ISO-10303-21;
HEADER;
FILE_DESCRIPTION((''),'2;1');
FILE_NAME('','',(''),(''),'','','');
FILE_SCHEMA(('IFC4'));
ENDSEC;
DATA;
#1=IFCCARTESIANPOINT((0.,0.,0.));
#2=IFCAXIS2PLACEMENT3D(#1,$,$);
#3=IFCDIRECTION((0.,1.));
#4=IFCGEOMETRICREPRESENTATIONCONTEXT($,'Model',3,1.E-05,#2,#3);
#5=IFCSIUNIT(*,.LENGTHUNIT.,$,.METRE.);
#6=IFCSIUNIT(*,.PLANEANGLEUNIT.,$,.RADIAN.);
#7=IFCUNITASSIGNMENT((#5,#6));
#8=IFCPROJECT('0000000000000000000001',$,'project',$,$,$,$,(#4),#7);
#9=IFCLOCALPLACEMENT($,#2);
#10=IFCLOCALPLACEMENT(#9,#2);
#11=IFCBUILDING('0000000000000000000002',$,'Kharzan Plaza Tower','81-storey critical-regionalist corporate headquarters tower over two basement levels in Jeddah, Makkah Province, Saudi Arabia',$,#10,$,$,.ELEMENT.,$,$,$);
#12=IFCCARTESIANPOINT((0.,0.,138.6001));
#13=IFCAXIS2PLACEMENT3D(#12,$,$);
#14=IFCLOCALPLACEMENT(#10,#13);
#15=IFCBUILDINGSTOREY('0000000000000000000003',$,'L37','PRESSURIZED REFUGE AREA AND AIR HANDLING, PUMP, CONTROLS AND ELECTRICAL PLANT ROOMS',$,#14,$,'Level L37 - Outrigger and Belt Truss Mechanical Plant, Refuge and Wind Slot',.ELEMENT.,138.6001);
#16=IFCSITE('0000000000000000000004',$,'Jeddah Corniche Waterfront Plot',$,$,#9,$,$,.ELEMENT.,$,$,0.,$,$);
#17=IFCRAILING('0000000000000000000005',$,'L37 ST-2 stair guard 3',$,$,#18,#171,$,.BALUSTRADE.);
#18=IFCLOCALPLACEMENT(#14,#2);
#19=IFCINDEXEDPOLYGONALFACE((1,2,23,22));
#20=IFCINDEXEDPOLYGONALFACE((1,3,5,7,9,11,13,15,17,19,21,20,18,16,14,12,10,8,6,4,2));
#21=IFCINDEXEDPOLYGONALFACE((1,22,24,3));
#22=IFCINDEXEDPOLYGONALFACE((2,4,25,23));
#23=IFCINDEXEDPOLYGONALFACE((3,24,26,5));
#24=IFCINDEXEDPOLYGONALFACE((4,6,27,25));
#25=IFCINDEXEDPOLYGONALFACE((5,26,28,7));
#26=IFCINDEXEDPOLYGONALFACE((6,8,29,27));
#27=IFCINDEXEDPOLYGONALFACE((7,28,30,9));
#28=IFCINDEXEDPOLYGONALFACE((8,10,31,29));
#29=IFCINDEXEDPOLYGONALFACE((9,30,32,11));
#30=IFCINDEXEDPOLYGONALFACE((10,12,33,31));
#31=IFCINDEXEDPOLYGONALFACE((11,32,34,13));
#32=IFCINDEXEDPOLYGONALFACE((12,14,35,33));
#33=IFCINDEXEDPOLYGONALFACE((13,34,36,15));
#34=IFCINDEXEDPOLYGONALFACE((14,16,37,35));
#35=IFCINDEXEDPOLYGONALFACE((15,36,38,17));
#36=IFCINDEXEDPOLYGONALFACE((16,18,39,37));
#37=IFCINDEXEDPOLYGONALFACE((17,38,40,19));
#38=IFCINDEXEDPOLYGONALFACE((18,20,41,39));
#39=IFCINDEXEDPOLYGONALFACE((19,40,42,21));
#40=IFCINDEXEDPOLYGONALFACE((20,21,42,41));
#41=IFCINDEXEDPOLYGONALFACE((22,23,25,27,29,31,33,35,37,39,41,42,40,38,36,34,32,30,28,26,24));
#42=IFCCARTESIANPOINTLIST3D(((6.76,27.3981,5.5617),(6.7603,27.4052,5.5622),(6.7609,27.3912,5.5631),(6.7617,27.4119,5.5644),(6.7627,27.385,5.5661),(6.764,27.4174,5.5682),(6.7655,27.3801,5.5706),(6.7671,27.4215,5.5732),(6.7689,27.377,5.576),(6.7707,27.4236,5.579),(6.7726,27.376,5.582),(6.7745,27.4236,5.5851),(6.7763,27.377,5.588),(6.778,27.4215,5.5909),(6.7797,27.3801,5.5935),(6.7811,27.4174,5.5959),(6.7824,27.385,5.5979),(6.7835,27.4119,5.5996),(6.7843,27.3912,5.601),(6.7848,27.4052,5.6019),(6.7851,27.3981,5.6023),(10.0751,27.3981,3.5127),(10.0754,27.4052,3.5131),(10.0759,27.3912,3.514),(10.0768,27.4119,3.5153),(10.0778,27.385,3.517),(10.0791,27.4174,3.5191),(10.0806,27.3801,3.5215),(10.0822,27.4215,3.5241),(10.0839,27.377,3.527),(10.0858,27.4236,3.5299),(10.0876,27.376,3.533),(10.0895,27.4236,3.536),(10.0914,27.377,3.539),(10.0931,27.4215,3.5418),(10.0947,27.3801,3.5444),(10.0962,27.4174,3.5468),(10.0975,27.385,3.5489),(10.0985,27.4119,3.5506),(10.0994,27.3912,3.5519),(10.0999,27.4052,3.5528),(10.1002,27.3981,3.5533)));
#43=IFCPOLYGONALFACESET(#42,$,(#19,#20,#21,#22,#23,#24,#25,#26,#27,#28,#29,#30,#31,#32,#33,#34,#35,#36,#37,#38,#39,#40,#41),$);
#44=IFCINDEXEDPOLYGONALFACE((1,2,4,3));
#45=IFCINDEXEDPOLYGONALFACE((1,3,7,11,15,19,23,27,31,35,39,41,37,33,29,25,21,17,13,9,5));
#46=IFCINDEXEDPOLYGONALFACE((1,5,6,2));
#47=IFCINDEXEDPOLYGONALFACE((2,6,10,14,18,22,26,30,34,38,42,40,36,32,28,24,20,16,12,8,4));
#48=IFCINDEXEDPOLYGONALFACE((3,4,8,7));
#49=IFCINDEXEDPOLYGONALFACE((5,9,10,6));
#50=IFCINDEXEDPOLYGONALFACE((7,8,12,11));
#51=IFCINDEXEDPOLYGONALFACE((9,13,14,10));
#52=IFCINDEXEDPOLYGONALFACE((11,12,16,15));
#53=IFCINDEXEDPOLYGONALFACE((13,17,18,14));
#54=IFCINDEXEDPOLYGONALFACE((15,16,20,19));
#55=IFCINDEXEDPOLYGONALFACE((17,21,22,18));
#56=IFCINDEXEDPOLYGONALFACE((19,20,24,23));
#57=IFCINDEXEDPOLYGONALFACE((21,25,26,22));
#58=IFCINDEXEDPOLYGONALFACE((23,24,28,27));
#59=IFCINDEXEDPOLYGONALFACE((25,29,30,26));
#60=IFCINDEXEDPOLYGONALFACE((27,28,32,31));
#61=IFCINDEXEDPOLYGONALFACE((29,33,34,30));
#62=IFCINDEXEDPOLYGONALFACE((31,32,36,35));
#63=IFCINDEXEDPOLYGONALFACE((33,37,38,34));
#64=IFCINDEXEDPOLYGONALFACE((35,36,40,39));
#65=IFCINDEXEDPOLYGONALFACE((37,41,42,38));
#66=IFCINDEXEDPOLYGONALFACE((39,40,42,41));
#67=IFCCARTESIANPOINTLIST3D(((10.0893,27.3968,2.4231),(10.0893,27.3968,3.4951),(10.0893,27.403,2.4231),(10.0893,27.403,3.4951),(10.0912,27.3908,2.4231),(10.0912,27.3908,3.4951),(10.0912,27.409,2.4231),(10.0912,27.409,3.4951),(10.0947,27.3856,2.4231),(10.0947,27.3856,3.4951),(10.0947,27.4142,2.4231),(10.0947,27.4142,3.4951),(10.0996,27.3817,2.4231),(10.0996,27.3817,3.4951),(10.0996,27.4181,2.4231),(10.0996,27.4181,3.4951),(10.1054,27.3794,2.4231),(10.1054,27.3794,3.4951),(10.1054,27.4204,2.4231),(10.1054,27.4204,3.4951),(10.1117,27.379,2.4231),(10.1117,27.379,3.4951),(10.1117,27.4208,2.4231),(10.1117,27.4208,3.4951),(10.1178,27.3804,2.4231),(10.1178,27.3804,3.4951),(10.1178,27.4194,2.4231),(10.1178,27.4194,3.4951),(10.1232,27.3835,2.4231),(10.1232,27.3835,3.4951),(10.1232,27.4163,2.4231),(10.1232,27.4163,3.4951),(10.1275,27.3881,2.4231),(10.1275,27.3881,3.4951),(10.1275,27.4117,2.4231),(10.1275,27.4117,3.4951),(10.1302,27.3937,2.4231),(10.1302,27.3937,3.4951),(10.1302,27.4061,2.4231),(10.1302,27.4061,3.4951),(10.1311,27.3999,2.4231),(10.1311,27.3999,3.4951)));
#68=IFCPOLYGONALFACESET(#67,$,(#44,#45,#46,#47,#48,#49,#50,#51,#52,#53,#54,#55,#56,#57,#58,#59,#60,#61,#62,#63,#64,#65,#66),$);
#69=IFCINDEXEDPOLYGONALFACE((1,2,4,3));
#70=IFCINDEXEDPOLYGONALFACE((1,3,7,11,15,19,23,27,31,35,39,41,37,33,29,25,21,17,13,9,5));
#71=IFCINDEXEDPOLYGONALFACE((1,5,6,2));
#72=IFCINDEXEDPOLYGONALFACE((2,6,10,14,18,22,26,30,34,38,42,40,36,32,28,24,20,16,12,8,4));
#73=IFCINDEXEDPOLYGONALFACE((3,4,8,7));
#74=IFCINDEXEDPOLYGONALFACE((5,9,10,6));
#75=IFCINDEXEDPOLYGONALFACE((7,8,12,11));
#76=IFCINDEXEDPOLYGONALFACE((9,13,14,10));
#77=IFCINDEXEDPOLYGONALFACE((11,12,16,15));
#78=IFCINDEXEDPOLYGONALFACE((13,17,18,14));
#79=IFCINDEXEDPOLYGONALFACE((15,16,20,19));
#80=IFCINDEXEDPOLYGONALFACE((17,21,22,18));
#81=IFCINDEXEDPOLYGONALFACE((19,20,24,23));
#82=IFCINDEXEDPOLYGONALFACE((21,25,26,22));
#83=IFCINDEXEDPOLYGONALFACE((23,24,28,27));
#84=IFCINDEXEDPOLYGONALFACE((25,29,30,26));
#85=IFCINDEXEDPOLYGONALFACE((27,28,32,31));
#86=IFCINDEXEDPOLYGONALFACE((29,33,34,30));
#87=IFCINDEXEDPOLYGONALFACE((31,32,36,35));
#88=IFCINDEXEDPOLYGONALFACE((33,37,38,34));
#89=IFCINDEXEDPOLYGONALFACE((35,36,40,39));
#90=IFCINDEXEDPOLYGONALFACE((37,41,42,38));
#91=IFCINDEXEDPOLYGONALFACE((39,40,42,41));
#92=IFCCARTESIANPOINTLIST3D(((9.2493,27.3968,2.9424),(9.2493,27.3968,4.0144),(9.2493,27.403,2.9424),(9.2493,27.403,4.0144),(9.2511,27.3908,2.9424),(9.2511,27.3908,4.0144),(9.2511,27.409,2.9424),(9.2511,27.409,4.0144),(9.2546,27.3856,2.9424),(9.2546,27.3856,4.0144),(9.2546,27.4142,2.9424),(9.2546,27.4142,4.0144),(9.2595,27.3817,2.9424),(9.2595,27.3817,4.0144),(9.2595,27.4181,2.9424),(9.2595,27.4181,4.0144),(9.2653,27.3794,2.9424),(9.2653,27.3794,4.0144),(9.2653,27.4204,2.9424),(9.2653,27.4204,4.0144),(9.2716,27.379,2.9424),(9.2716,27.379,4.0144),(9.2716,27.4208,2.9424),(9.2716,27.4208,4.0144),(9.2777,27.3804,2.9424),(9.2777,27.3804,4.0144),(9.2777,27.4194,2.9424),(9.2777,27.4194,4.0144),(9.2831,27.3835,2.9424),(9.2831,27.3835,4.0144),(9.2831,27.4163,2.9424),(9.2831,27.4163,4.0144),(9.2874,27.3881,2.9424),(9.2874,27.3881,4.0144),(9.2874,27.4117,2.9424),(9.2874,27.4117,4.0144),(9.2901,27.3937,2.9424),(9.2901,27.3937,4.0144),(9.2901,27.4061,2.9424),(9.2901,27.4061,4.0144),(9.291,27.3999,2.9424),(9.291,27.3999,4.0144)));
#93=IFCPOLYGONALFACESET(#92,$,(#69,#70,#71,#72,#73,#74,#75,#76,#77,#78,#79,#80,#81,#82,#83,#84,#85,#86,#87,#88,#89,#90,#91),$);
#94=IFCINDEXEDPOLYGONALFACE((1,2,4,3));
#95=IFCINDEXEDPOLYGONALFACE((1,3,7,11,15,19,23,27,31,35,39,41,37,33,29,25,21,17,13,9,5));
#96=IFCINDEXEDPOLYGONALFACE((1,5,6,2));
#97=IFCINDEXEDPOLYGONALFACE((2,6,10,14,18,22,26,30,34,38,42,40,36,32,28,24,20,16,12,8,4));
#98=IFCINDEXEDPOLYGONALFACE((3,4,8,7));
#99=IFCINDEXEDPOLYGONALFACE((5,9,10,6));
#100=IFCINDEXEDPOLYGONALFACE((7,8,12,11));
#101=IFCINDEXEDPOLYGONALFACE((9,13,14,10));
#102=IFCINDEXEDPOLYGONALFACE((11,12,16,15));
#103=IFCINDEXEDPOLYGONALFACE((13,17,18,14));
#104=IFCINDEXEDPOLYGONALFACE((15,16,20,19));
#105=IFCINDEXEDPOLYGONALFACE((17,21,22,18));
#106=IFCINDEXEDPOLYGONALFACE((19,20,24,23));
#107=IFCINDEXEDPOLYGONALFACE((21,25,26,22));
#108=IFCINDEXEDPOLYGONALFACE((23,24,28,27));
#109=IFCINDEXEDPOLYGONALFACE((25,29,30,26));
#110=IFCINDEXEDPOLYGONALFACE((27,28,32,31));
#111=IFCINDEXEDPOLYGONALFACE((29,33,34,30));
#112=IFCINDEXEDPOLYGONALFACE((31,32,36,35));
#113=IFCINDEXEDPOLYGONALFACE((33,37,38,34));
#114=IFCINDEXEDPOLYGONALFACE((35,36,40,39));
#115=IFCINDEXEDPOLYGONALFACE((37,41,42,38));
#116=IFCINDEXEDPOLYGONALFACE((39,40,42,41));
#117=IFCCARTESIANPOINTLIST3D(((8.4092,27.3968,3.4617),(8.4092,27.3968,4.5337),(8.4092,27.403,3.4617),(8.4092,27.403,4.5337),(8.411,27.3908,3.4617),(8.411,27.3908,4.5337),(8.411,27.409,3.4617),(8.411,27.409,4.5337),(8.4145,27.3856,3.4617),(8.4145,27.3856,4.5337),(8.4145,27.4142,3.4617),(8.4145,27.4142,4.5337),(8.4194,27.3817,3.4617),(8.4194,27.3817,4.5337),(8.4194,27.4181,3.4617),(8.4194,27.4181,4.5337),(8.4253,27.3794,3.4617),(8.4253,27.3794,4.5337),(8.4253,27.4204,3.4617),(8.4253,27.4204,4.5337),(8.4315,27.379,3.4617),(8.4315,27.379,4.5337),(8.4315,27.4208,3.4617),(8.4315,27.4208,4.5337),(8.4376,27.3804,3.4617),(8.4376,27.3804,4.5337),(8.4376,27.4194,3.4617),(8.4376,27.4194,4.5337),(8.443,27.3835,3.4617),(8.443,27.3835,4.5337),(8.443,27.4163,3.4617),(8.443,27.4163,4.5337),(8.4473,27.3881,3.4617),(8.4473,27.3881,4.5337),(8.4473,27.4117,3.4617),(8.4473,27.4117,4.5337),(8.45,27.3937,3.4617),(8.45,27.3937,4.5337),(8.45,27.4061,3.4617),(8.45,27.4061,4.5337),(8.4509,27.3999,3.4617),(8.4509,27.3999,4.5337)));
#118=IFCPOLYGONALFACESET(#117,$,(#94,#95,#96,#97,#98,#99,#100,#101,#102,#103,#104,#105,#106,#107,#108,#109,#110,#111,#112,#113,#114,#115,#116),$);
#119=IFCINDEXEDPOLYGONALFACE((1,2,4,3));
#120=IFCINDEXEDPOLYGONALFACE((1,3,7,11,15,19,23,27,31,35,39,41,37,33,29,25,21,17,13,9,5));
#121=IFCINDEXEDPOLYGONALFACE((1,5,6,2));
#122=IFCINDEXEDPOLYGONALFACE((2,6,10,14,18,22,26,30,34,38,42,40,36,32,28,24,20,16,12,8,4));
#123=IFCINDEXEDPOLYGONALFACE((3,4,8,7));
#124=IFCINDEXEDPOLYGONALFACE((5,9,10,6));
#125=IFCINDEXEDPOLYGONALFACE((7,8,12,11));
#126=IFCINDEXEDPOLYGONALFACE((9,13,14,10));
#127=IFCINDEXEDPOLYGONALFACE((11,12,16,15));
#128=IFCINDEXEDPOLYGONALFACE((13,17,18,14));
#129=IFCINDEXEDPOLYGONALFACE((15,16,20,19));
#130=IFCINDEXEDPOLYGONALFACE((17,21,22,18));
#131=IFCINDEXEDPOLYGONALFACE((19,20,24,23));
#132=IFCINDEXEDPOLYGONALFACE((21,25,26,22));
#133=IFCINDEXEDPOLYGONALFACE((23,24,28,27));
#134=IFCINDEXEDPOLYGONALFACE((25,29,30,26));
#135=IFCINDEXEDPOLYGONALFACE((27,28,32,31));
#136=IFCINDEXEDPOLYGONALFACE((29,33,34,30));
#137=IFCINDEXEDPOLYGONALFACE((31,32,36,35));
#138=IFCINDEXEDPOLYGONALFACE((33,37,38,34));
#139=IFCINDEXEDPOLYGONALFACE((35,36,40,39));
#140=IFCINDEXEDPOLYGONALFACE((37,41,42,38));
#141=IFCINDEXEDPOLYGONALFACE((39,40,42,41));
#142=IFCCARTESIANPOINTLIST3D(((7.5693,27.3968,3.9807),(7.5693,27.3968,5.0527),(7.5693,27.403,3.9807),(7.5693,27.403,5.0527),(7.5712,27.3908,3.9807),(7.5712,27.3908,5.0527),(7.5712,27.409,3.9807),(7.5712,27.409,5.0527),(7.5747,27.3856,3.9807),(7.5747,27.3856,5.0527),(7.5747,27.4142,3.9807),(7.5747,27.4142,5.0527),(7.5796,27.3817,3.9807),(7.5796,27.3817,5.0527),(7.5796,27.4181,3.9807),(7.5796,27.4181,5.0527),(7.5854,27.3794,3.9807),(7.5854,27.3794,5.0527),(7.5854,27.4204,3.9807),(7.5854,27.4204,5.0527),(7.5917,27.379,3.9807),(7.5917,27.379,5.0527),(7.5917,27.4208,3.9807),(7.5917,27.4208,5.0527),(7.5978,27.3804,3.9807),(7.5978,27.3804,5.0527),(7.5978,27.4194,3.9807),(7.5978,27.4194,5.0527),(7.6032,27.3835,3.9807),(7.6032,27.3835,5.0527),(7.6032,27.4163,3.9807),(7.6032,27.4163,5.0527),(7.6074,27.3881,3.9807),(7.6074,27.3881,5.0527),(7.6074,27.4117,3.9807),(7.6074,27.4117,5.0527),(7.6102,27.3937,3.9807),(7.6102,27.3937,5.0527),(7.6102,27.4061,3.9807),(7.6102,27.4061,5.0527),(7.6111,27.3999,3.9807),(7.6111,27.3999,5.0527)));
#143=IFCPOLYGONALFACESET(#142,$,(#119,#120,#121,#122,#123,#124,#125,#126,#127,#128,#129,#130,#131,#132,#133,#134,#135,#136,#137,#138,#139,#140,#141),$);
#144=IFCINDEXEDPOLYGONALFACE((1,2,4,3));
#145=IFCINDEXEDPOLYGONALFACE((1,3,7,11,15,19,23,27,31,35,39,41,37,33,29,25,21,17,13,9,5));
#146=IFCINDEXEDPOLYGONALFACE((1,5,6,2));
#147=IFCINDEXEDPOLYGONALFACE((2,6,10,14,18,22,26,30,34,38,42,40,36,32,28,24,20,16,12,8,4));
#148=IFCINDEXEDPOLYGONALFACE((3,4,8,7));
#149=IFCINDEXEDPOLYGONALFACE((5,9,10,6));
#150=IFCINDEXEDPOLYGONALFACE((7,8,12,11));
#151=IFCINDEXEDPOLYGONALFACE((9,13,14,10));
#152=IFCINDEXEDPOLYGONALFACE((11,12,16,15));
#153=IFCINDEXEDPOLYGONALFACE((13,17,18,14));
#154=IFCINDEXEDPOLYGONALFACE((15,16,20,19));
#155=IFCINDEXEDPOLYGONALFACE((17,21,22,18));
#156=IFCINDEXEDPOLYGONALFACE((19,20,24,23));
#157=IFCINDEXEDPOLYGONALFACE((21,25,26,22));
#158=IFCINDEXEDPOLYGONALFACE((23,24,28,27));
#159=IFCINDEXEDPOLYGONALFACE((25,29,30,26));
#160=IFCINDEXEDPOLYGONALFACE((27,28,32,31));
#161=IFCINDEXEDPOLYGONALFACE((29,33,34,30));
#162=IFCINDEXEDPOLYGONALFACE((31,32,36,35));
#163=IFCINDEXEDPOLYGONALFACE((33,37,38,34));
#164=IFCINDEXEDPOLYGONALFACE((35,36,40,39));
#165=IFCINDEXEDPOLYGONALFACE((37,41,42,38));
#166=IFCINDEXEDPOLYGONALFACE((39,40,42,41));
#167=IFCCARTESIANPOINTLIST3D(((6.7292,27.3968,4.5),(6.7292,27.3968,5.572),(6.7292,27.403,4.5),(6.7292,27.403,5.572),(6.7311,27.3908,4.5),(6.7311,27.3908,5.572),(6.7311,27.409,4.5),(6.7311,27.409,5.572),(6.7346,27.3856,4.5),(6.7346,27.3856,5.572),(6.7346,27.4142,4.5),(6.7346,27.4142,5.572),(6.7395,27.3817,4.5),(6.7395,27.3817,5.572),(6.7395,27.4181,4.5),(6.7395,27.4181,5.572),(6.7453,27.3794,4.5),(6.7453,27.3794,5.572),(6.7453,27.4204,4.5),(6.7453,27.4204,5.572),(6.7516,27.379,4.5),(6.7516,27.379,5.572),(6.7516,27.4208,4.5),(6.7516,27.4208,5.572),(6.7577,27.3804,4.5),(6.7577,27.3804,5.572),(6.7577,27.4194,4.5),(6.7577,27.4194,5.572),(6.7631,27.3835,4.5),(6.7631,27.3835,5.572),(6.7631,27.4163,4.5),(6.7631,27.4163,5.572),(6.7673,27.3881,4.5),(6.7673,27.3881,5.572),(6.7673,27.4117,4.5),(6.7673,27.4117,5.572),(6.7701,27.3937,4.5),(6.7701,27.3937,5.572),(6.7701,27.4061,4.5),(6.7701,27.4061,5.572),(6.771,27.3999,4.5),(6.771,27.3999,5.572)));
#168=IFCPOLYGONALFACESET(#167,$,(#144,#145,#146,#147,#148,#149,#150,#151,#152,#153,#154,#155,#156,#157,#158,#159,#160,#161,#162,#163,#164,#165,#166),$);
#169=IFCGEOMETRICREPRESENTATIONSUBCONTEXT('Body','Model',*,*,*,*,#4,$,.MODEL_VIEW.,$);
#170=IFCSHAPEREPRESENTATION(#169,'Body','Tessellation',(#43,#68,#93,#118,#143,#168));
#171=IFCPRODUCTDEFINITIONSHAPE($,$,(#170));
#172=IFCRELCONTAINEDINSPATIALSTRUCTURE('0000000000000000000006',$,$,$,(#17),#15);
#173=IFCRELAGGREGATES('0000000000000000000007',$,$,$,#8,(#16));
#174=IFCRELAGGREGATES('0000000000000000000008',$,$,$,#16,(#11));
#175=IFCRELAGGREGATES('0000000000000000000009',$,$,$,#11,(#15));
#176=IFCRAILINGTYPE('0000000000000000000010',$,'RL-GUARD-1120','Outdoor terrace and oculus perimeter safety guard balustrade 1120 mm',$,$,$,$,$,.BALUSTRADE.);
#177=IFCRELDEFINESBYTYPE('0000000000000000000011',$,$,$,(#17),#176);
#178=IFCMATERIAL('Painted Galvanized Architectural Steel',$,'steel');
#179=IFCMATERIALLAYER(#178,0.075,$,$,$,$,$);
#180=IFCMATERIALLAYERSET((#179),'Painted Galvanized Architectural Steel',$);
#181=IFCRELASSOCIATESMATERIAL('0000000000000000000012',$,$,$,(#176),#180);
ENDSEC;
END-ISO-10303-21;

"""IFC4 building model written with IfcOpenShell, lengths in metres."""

from ifc_helpers import new_model, si_unit, direction, frame, origin, origin_2d, place, context, subcontext, project, spatial, circle, extrude, source, transform, mapped, material, layer, layer_set, type_object, element, save


model = new_model("IFC4")

# Units and contexts
model_context = context("Model", 3, precision=1e-05, world=origin(), true_north=direction((0.0, 1.0)))
body_context = subcontext(model_context, "Body", "Model", "MODEL_VIEW")
ifc_project = project(units=[si_unit("LENGTHUNIT", "METRE"), si_unit("PLANEANGLEUNIT", "RADIAN")], contexts=[model_context])

# Site, building, storey
site_placement = place(None, origin())
site = spatial("IfcSite", under=ifc_project, at=site_placement, Name="Jeddah Corniche Waterfront Plot", CompositionType="ELEMENT", RefElevation=0.0)
building_placement = place(site_placement, origin())
building = spatial("IfcBuilding", under=site, at=building_placement, Name="Kharzan Plaza Tower", Description="81-storey critical-regionalist corporate headquarters tower over two basement levels in Jeddah, Makkah Province, Saudi Arabia", CompositionType="ELEMENT")
storey_placement = place(building_placement, frame((0.0, 0.0, 138.6001)))
storey = spatial("IfcBuildingStorey", under=building, at=storey_placement, Name="L37", Description="PRESSURIZED REFUGE AREA AND AIR HANDLING, PUMP, CONTROLS AND ELECTRICAL PLANT ROOMS", LongName="Level L37 - Outrigger and Belt Truss Mechanical Plant, Refuge and Wind Slot", CompositionType="ELEMENT", Elevation=138.6001)

# Railing
ifc_material_1 = material(Name="Painted Galvanized Architectural Steel", Category="steel")
ifc_layer_1 = layer(ifc_material_1, 0.075)
ifc_layer_set_1 = layer_set([ifc_layer_1], Name="Painted Galvanized Architectural Steel")
railing_type_1 = type_object("IfcRailingType", Name="RL-GUARD-1120", Description="Outdoor terrace and oculus perimeter safety guard balustrade 1120 mm", PredefinedType="BALUSTRADE", material=ifc_layer_set_1)
shared_shape_1 = source(origin(), body_context, "Body", "SweptSolid", [
    extrude(circle(Radius=0.0239, at=origin_2d()), frame((-0.0225, 0.0, 1.1099), z_axis=(-0.850623, 0.0, 0.525776), x_axis=(0.0, -1.0, 0.0)), (0.0, 0.0, 1.0), 3.8972),
    extrude(circle(Radius=0.021, at=origin_2d()), origin(), (0.0, 0.0, 1.0), 1.072),
    extrude(circle(Radius=0.021, at=origin_2d()), frame((-0.8401, 0.0, 0.5193)), (0.0, 0.0, 1.0), 1.072),
    extrude(circle(Radius=0.021, at=origin_2d()), frame((-1.6802, 0.0, 1.0386)), (0.0, 0.0, 1.0), 1.072),
    extrude(circle(Radius=0.021, at=origin_2d()), frame((-2.52, 0.0, 1.5576)), (0.0, 0.0, 1.0), 1.072),
    extrude(circle(Radius=0.021, at=origin_2d()), frame((-3.3601, 0.0, 2.0769)), (0.0, 0.0, 1.0), 1.072),
])
railing_1_placement = place(storey_placement, frame((10.1101, 27.3999, 2.4231)))
element("IfcRailing", 1, at=railing_1_placement, inside=storey, type_object=railing_type_1, Name="L37 ST-2 stair guard 3", PredefinedType="BALUSTRADE", context=body_context, shape_type="MappedRepresentation", body=[
    mapped(shared_shape_1, transform((0.0, 0.0, 0.0), x_axis=(1.0, 0.0, 0.0), y_axis=(0.0, 1.0, 0.0), z_axis=(0.0, 0.0, 1.0))),
])

save(model, "model.ifc")
